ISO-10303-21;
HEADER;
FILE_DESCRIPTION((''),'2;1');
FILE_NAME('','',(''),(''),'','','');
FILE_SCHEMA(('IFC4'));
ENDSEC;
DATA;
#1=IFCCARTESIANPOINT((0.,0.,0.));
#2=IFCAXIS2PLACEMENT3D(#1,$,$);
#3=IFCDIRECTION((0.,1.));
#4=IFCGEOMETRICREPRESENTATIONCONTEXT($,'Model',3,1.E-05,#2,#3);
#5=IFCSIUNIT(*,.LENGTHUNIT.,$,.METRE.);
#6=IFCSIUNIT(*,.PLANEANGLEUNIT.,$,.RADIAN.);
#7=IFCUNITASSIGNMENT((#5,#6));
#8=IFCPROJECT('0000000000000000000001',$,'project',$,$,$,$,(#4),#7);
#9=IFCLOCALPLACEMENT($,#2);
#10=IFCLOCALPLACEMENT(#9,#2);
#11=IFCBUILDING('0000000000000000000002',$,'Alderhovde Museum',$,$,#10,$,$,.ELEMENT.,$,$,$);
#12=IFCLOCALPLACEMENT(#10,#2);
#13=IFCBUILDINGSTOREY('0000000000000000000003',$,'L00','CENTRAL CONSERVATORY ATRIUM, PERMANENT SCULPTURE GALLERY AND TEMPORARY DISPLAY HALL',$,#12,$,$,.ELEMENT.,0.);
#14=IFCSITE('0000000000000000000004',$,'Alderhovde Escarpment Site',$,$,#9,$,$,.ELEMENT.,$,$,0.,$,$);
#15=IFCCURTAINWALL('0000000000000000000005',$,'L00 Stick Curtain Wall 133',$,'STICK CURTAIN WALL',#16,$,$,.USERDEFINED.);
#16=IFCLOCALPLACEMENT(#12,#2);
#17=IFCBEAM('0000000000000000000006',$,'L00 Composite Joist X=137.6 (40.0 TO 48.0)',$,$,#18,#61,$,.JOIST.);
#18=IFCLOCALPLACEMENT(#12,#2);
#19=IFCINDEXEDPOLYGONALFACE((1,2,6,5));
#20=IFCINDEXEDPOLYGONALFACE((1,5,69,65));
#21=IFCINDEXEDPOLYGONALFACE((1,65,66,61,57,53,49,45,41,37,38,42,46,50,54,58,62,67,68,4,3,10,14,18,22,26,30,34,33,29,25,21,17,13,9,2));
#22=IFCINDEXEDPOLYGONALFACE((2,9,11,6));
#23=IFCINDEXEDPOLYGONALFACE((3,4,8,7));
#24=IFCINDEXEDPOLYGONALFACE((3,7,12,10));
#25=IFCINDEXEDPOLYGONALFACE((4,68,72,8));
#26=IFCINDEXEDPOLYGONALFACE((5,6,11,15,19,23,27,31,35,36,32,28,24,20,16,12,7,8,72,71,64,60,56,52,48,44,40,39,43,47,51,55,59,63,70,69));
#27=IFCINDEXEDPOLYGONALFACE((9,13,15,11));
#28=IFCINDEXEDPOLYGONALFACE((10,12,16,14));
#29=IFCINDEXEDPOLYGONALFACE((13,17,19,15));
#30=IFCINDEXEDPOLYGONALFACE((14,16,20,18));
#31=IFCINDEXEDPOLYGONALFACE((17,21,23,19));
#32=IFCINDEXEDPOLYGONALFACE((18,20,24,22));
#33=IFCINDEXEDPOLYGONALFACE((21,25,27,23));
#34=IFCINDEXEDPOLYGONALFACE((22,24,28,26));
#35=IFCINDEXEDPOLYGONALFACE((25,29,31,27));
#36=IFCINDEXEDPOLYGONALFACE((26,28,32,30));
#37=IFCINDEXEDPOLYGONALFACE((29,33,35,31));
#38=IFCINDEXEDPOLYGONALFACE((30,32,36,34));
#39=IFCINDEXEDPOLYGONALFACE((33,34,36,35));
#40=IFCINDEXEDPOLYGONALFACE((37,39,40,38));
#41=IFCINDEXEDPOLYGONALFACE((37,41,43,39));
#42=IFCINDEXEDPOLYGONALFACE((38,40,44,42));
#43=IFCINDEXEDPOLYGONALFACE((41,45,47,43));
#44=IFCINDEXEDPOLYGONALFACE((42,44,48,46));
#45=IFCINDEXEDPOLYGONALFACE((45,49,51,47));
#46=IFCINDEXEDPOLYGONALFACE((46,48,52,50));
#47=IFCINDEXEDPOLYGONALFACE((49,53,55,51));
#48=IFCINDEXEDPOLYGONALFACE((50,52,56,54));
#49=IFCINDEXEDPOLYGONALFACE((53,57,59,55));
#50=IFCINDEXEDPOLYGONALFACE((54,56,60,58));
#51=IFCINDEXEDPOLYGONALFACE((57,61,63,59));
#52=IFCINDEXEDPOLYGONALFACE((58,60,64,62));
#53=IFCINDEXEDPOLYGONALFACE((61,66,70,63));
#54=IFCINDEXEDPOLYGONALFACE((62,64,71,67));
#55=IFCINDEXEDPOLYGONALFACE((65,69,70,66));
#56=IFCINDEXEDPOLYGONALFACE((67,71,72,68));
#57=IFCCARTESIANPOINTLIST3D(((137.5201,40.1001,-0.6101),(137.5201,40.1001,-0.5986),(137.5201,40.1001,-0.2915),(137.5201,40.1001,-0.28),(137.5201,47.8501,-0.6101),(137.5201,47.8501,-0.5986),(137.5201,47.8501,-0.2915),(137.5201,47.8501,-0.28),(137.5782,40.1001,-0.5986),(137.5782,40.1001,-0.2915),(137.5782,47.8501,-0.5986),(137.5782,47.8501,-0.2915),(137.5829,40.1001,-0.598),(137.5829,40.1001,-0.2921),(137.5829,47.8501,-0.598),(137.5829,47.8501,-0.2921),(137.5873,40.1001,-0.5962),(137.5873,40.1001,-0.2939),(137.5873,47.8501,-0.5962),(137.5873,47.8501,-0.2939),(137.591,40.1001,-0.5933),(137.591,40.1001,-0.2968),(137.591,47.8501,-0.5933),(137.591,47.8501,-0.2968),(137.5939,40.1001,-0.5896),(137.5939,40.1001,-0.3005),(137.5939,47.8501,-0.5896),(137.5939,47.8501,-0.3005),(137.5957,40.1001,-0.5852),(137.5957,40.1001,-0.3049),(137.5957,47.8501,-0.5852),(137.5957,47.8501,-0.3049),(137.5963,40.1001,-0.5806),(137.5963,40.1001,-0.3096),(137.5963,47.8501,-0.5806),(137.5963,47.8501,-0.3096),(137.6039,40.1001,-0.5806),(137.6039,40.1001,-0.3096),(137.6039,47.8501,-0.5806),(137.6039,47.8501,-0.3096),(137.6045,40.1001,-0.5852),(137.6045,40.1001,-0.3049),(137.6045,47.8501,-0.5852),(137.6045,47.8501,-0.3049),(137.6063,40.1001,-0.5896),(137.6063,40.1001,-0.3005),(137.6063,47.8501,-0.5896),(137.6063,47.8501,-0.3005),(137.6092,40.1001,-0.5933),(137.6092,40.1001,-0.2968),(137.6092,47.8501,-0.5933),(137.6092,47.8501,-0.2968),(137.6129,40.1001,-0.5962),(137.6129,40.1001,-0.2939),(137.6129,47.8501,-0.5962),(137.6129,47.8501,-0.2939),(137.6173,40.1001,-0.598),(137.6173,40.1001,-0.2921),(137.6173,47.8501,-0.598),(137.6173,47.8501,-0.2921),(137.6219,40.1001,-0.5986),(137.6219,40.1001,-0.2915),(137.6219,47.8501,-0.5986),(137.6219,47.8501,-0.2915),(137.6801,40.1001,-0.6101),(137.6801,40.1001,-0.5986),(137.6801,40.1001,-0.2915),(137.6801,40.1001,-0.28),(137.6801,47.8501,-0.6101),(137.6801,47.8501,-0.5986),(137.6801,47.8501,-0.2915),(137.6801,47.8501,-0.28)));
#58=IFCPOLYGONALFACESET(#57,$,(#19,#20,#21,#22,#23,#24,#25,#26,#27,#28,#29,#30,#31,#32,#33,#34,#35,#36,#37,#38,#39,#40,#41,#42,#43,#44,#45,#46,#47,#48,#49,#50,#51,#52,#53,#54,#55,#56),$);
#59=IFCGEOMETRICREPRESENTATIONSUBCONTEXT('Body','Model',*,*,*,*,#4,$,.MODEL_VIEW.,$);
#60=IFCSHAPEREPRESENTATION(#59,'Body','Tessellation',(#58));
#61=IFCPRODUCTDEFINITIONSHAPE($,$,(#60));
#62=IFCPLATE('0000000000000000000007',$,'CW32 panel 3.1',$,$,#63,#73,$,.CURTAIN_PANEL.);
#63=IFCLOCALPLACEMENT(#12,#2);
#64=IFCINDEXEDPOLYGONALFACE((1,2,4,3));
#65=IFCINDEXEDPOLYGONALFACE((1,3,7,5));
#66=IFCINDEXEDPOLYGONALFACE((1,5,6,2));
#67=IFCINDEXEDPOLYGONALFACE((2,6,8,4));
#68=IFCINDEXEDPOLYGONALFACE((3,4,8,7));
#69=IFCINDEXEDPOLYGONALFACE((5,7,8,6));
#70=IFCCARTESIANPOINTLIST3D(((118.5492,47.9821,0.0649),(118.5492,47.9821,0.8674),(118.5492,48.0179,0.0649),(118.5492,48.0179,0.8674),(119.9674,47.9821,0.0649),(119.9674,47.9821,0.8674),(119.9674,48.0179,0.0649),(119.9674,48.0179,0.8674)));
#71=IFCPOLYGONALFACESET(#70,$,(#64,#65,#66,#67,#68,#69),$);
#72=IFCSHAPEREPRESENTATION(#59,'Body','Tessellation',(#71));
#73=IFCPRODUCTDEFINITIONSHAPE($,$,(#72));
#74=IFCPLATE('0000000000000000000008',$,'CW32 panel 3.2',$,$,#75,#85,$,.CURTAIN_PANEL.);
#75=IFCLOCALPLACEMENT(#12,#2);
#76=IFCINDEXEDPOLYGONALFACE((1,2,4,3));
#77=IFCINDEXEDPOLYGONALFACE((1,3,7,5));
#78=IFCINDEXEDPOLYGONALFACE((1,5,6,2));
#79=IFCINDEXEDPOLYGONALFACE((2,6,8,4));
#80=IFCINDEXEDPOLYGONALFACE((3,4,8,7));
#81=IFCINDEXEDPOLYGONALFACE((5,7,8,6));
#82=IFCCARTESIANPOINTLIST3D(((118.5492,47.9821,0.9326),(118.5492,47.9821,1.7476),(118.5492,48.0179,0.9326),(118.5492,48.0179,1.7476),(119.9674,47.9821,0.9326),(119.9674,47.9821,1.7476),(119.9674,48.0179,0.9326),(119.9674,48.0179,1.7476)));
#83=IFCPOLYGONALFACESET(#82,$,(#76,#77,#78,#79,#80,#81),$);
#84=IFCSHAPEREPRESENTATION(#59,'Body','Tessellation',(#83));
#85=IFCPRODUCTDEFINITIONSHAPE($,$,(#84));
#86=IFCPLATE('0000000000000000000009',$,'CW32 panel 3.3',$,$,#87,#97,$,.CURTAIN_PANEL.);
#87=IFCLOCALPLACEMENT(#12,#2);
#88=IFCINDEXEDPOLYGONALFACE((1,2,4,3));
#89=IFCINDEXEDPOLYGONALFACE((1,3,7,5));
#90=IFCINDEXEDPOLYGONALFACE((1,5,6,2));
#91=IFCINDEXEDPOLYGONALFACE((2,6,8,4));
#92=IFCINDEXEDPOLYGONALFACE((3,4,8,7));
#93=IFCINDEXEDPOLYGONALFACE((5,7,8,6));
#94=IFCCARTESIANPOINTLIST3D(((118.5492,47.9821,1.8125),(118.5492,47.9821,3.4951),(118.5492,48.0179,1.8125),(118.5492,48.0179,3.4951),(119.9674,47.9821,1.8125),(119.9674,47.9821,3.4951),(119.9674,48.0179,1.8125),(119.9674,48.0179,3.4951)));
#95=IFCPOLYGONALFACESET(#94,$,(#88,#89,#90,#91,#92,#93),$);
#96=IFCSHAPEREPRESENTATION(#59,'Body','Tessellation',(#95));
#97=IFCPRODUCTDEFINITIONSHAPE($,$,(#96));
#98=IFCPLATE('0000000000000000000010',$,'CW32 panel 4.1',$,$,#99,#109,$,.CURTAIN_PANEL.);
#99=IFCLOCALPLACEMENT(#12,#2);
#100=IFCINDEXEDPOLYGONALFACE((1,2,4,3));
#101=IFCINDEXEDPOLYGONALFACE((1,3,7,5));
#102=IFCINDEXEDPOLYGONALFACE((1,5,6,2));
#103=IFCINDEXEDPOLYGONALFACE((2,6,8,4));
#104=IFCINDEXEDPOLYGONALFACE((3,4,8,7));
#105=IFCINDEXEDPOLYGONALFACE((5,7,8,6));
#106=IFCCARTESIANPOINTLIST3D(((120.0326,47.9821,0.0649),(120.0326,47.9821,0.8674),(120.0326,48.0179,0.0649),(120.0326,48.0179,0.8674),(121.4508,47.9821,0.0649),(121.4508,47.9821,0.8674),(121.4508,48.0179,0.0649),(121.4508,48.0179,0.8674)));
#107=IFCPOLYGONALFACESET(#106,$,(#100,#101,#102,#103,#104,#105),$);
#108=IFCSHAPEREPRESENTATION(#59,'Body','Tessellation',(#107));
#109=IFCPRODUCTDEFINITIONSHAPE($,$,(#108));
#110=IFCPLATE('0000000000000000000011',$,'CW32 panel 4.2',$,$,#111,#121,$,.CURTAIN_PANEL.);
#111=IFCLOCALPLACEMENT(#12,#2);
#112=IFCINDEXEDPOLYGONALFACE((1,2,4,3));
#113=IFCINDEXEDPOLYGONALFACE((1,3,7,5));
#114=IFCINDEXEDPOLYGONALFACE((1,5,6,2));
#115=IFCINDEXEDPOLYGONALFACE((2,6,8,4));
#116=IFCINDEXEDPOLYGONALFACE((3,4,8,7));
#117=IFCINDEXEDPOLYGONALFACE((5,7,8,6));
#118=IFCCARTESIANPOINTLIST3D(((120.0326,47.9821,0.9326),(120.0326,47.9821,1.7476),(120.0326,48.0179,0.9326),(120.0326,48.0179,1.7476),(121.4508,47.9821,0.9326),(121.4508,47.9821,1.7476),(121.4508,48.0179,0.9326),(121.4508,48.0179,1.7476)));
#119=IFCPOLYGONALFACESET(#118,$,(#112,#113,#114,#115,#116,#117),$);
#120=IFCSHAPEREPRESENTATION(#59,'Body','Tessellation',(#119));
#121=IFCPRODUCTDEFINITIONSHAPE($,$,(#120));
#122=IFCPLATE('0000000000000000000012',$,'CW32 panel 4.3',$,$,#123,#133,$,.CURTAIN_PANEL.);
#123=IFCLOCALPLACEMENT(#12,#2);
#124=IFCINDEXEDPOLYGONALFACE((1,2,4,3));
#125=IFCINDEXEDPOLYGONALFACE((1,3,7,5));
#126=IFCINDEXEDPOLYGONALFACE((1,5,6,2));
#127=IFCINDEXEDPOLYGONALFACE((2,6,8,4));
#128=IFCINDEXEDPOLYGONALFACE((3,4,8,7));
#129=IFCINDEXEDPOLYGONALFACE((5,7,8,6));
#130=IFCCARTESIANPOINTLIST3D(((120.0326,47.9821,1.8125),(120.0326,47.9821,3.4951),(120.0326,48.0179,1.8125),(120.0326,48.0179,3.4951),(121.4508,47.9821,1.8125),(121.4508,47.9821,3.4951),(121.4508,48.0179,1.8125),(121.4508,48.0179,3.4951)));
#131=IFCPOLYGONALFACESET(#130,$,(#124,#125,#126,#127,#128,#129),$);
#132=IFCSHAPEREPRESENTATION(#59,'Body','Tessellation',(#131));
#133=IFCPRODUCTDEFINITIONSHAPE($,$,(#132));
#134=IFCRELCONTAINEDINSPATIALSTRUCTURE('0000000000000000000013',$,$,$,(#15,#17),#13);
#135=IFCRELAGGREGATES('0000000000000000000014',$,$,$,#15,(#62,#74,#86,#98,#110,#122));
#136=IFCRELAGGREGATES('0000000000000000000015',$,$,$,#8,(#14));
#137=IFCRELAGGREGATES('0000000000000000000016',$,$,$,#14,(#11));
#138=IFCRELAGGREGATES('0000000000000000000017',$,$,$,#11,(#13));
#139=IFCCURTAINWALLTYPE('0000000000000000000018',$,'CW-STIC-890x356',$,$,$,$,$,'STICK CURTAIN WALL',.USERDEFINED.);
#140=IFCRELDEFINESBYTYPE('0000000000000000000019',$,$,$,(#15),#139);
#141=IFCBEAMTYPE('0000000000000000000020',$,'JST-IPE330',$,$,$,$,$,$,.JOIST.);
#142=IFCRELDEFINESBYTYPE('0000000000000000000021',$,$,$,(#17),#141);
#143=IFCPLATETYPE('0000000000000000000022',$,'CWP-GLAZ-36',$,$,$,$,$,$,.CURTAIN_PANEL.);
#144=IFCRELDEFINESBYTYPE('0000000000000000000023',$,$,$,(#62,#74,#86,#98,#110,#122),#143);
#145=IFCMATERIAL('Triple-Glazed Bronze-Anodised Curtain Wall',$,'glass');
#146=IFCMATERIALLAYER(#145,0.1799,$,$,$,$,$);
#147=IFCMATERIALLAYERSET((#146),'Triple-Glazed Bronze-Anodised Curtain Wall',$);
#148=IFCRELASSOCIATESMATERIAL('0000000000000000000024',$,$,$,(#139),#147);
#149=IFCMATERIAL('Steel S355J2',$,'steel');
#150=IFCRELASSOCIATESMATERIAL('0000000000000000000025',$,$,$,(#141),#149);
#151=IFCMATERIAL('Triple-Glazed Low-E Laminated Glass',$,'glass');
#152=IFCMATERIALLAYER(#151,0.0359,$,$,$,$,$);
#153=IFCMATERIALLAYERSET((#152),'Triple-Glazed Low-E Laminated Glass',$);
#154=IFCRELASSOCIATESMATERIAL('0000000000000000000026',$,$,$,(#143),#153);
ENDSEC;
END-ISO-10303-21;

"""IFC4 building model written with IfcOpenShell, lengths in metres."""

from ifc_helpers import new_model, si_unit, direction, frame, origin, origin_2d, place, context, subcontext, project, spatial, rectangle, i_section, extrude, material, layer, layer_set, material_profile, profile_set, type_object, element, aggregate, save


model = new_model("IFC4")

# Units and contexts
model_context = context("Model", 3, precision=1e-05, world=origin(), true_north=direction((0.0, 1.0)))
body_context = subcontext(model_context, "Body", "Model", "MODEL_VIEW")
ifc_project = project(units=[si_unit("LENGTHUNIT", "METRE"), si_unit("PLANEANGLEUNIT", "RADIAN")], contexts=[model_context])

# Site, building, storey
site_placement = place(None, origin())
site = spatial("IfcSite", under=ifc_project, at=site_placement, Name="Alderhovde Escarpment Site", CompositionType="ELEMENT", RefElevation=0.0)
building_placement = place(site_placement, origin())
building = spatial("IfcBuilding", under=site, at=building_placement, Name="Alderhovde Museum", CompositionType="ELEMENT")
storey_placement = place(building_placement, origin())
storey = spatial("IfcBuildingStorey", under=building, at=storey_placement, Name="L00", Description="CENTRAL CONSERVATORY ATRIUM, PERMANENT SCULPTURE GALLERY AND TEMPORARY DISPLAY HALL", CompositionType="ELEMENT", Elevation=0.0)

# Curtain wall
ifc_material_1 = material(Name="Triple-Glazed Bronze-Anodised Curtain Wall", Category="glass")
ifc_layer_1 = layer(ifc_material_1, 0.1799)
ifc_layer_set_1 = layer_set([ifc_layer_1], Name="Triple-Glazed Bronze-Anodised Curtain Wall")
curtain_wall_type = type_object("IfcCurtainWallType", Name="CW-STIC-890x356", ElementType="STICK CURTAIN WALL", PredefinedType="USERDEFINED", material=ifc_layer_set_1)
curtain_wall_placement = place(storey_placement, origin())
curtain_wall = element("IfcCurtainWall", 1, at=curtain_wall_placement, inside=storey, type_object=curtain_wall_type, Name="L00 Stick Curtain Wall 133", ObjectType="STICK CURTAIN WALL", PredefinedType="USERDEFINED")

# Beam
ifc_material_2 = material(Name="Steel S355J2", Category="steel")
ifc_material_profile_1 = material_profile(ifc_material_2, i_section(OverallWidth=0.1599, OverallDepth=0.3301, WebThickness=0.0076, FlangeThickness=0.0115, FilletRadius=0.0181, at=origin_2d()), Name="IPE 330")
ifc_profile_set_1 = profile_set([ifc_material_profile_1], Name="Steel S355J2")
beam_type_1 = type_object("IfcBeamType", Name="JST-IPE330", PredefinedType="JOIST", material=ifc_profile_set_1)
beam_1_placement = place(storey_placement, frame((137.6001, 40.1001, -0.4451), z_axis=(0.0, 1.0, 0.0), x_axis=(-1.0, 0.0, 0.0)))
element("IfcBeam", 2, at=beam_1_placement, inside=storey, type_object=beam_type_1, Name="L00 Composite Joist X=137.6 (40.0 TO 48.0)", PredefinedType="JOIST", context=body_context, shape_type="SweptSolid", body=[
    extrude(i_section(OverallWidth=0.1599, OverallDepth=0.3301, WebThickness=0.0076, FlangeThickness=0.0115, FilletRadius=0.0181, at=origin_2d()), origin(), (0.0, 0.0, 1.0), 7.75),
])

# Plates
ifc_material_3 = material(Name="Triple-Glazed Low-E Laminated Glass", Category="glass")
ifc_layer_2 = layer(ifc_material_3, 0.0359)
ifc_layer_set_2 = layer_set([ifc_layer_2], Name="Triple-Glazed Low-E Laminated Glass")
plate_type = type_object("IfcPlateType", Name="CWP-GLAZ-36", PredefinedType="CURTAIN_PANEL", material=ifc_layer_set_2)
plate_1_placement = place(storey_placement, frame((119.2583, 48.0, 0.0649), z_axis=(0.0, 0.0, 1.0), x_axis=(1.0, 0.0, 0.0)))
plate_1 = element("IfcPlate", 3, at=plate_1_placement, type_object=plate_type, Name="CW32 panel 3.1", PredefinedType="CURTAIN_PANEL", context=body_context, shape_type="SweptSolid", body=[
    extrude(rectangle(XDim=1.4182, YDim=0.0359, at=origin_2d()), origin(), (0.0, 0.0, 1.0), 0.8025),
])
plate_2_placement = place(storey_placement, frame((119.2583, 48.0, 0.9326), z_axis=(0.0, 0.0, 1.0), x_axis=(1.0, 0.0, 0.0)))
plate_2 = element("IfcPlate", 4, at=plate_2_placement, type_object=plate_type, Name="CW32 panel 3.2", PredefinedType="CURTAIN_PANEL", context=body_context, shape_type="SweptSolid", body=[
    extrude(rectangle(XDim=1.4182, YDim=0.0359, at=origin_2d()), origin(), (0.0, 0.0, 1.0), 0.8149),
])
plate_3_placement = place(storey_placement, frame((119.2583, 48.0, 1.8125), z_axis=(0.0, 0.0, 1.0), x_axis=(1.0, 0.0, 0.0)))
plate_3 = element("IfcPlate", 5, at=plate_3_placement, type_object=plate_type, Name="CW32 panel 3.3", PredefinedType="CURTAIN_PANEL", context=body_context, shape_type="SweptSolid", body=[
    extrude(rectangle(XDim=1.4182, YDim=0.0359, at=origin_2d()), origin(), (0.0, 0.0, 1.0), 1.6826),
])
plate_4_placement = place(storey_placement, frame((120.7417, 48.0, 0.0649), z_axis=(0.0, 0.0, 1.0), x_axis=(1.0, 0.0, 0.0)))
plate_4 = element("IfcPlate", 6, at=plate_4_placement, type_object=plate_type, Name="CW32 panel 4.1", PredefinedType="CURTAIN_PANEL", context=body_context, shape_type="SweptSolid", body=[
    extrude(rectangle(XDim=1.4182, YDim=0.0359, at=origin_2d()), origin(), (0.0, 0.0, 1.0), 0.8025),
])
plate_5_placement = place(storey_placement, frame((120.7417, 48.0, 0.9326), z_axis=(0.0, 0.0, 1.0), x_axis=(1.0, 0.0, 0.0)))
plate_5 = element("IfcPlate", 7, at=plate_5_placement, type_object=plate_type, Name="CW32 panel 4.2", PredefinedType="CURTAIN_PANEL", context=body_context, shape_type="SweptSolid", body=[
    extrude(rectangle(XDim=1.4182, YDim=0.0359, at=origin_2d()), origin(), (0.0, 0.0, 1.0), 0.8149),
])
plate_6_placement = place(storey_placement, frame((120.7417, 48.0, 1.8125), z_axis=(0.0, 0.0, 1.0), x_axis=(1.0, 0.0, 0.0)))
plate_6 = element("IfcPlate", 8, at=plate_6_placement, type_object=plate_type, Name="CW32 panel 4.3", PredefinedType="CURTAIN_PANEL", context=body_context, shape_type="SweptSolid", body=[
    extrude(rectangle(XDim=1.4182, YDim=0.0359, at=origin_2d()), origin(), (0.0, 0.0, 1.0), 1.6826),
])
aggregate(curtain_wall, [plate_1, plate_2, plate_3, plate_4, plate_5, plate_6])

save(model, "model.ifc")
